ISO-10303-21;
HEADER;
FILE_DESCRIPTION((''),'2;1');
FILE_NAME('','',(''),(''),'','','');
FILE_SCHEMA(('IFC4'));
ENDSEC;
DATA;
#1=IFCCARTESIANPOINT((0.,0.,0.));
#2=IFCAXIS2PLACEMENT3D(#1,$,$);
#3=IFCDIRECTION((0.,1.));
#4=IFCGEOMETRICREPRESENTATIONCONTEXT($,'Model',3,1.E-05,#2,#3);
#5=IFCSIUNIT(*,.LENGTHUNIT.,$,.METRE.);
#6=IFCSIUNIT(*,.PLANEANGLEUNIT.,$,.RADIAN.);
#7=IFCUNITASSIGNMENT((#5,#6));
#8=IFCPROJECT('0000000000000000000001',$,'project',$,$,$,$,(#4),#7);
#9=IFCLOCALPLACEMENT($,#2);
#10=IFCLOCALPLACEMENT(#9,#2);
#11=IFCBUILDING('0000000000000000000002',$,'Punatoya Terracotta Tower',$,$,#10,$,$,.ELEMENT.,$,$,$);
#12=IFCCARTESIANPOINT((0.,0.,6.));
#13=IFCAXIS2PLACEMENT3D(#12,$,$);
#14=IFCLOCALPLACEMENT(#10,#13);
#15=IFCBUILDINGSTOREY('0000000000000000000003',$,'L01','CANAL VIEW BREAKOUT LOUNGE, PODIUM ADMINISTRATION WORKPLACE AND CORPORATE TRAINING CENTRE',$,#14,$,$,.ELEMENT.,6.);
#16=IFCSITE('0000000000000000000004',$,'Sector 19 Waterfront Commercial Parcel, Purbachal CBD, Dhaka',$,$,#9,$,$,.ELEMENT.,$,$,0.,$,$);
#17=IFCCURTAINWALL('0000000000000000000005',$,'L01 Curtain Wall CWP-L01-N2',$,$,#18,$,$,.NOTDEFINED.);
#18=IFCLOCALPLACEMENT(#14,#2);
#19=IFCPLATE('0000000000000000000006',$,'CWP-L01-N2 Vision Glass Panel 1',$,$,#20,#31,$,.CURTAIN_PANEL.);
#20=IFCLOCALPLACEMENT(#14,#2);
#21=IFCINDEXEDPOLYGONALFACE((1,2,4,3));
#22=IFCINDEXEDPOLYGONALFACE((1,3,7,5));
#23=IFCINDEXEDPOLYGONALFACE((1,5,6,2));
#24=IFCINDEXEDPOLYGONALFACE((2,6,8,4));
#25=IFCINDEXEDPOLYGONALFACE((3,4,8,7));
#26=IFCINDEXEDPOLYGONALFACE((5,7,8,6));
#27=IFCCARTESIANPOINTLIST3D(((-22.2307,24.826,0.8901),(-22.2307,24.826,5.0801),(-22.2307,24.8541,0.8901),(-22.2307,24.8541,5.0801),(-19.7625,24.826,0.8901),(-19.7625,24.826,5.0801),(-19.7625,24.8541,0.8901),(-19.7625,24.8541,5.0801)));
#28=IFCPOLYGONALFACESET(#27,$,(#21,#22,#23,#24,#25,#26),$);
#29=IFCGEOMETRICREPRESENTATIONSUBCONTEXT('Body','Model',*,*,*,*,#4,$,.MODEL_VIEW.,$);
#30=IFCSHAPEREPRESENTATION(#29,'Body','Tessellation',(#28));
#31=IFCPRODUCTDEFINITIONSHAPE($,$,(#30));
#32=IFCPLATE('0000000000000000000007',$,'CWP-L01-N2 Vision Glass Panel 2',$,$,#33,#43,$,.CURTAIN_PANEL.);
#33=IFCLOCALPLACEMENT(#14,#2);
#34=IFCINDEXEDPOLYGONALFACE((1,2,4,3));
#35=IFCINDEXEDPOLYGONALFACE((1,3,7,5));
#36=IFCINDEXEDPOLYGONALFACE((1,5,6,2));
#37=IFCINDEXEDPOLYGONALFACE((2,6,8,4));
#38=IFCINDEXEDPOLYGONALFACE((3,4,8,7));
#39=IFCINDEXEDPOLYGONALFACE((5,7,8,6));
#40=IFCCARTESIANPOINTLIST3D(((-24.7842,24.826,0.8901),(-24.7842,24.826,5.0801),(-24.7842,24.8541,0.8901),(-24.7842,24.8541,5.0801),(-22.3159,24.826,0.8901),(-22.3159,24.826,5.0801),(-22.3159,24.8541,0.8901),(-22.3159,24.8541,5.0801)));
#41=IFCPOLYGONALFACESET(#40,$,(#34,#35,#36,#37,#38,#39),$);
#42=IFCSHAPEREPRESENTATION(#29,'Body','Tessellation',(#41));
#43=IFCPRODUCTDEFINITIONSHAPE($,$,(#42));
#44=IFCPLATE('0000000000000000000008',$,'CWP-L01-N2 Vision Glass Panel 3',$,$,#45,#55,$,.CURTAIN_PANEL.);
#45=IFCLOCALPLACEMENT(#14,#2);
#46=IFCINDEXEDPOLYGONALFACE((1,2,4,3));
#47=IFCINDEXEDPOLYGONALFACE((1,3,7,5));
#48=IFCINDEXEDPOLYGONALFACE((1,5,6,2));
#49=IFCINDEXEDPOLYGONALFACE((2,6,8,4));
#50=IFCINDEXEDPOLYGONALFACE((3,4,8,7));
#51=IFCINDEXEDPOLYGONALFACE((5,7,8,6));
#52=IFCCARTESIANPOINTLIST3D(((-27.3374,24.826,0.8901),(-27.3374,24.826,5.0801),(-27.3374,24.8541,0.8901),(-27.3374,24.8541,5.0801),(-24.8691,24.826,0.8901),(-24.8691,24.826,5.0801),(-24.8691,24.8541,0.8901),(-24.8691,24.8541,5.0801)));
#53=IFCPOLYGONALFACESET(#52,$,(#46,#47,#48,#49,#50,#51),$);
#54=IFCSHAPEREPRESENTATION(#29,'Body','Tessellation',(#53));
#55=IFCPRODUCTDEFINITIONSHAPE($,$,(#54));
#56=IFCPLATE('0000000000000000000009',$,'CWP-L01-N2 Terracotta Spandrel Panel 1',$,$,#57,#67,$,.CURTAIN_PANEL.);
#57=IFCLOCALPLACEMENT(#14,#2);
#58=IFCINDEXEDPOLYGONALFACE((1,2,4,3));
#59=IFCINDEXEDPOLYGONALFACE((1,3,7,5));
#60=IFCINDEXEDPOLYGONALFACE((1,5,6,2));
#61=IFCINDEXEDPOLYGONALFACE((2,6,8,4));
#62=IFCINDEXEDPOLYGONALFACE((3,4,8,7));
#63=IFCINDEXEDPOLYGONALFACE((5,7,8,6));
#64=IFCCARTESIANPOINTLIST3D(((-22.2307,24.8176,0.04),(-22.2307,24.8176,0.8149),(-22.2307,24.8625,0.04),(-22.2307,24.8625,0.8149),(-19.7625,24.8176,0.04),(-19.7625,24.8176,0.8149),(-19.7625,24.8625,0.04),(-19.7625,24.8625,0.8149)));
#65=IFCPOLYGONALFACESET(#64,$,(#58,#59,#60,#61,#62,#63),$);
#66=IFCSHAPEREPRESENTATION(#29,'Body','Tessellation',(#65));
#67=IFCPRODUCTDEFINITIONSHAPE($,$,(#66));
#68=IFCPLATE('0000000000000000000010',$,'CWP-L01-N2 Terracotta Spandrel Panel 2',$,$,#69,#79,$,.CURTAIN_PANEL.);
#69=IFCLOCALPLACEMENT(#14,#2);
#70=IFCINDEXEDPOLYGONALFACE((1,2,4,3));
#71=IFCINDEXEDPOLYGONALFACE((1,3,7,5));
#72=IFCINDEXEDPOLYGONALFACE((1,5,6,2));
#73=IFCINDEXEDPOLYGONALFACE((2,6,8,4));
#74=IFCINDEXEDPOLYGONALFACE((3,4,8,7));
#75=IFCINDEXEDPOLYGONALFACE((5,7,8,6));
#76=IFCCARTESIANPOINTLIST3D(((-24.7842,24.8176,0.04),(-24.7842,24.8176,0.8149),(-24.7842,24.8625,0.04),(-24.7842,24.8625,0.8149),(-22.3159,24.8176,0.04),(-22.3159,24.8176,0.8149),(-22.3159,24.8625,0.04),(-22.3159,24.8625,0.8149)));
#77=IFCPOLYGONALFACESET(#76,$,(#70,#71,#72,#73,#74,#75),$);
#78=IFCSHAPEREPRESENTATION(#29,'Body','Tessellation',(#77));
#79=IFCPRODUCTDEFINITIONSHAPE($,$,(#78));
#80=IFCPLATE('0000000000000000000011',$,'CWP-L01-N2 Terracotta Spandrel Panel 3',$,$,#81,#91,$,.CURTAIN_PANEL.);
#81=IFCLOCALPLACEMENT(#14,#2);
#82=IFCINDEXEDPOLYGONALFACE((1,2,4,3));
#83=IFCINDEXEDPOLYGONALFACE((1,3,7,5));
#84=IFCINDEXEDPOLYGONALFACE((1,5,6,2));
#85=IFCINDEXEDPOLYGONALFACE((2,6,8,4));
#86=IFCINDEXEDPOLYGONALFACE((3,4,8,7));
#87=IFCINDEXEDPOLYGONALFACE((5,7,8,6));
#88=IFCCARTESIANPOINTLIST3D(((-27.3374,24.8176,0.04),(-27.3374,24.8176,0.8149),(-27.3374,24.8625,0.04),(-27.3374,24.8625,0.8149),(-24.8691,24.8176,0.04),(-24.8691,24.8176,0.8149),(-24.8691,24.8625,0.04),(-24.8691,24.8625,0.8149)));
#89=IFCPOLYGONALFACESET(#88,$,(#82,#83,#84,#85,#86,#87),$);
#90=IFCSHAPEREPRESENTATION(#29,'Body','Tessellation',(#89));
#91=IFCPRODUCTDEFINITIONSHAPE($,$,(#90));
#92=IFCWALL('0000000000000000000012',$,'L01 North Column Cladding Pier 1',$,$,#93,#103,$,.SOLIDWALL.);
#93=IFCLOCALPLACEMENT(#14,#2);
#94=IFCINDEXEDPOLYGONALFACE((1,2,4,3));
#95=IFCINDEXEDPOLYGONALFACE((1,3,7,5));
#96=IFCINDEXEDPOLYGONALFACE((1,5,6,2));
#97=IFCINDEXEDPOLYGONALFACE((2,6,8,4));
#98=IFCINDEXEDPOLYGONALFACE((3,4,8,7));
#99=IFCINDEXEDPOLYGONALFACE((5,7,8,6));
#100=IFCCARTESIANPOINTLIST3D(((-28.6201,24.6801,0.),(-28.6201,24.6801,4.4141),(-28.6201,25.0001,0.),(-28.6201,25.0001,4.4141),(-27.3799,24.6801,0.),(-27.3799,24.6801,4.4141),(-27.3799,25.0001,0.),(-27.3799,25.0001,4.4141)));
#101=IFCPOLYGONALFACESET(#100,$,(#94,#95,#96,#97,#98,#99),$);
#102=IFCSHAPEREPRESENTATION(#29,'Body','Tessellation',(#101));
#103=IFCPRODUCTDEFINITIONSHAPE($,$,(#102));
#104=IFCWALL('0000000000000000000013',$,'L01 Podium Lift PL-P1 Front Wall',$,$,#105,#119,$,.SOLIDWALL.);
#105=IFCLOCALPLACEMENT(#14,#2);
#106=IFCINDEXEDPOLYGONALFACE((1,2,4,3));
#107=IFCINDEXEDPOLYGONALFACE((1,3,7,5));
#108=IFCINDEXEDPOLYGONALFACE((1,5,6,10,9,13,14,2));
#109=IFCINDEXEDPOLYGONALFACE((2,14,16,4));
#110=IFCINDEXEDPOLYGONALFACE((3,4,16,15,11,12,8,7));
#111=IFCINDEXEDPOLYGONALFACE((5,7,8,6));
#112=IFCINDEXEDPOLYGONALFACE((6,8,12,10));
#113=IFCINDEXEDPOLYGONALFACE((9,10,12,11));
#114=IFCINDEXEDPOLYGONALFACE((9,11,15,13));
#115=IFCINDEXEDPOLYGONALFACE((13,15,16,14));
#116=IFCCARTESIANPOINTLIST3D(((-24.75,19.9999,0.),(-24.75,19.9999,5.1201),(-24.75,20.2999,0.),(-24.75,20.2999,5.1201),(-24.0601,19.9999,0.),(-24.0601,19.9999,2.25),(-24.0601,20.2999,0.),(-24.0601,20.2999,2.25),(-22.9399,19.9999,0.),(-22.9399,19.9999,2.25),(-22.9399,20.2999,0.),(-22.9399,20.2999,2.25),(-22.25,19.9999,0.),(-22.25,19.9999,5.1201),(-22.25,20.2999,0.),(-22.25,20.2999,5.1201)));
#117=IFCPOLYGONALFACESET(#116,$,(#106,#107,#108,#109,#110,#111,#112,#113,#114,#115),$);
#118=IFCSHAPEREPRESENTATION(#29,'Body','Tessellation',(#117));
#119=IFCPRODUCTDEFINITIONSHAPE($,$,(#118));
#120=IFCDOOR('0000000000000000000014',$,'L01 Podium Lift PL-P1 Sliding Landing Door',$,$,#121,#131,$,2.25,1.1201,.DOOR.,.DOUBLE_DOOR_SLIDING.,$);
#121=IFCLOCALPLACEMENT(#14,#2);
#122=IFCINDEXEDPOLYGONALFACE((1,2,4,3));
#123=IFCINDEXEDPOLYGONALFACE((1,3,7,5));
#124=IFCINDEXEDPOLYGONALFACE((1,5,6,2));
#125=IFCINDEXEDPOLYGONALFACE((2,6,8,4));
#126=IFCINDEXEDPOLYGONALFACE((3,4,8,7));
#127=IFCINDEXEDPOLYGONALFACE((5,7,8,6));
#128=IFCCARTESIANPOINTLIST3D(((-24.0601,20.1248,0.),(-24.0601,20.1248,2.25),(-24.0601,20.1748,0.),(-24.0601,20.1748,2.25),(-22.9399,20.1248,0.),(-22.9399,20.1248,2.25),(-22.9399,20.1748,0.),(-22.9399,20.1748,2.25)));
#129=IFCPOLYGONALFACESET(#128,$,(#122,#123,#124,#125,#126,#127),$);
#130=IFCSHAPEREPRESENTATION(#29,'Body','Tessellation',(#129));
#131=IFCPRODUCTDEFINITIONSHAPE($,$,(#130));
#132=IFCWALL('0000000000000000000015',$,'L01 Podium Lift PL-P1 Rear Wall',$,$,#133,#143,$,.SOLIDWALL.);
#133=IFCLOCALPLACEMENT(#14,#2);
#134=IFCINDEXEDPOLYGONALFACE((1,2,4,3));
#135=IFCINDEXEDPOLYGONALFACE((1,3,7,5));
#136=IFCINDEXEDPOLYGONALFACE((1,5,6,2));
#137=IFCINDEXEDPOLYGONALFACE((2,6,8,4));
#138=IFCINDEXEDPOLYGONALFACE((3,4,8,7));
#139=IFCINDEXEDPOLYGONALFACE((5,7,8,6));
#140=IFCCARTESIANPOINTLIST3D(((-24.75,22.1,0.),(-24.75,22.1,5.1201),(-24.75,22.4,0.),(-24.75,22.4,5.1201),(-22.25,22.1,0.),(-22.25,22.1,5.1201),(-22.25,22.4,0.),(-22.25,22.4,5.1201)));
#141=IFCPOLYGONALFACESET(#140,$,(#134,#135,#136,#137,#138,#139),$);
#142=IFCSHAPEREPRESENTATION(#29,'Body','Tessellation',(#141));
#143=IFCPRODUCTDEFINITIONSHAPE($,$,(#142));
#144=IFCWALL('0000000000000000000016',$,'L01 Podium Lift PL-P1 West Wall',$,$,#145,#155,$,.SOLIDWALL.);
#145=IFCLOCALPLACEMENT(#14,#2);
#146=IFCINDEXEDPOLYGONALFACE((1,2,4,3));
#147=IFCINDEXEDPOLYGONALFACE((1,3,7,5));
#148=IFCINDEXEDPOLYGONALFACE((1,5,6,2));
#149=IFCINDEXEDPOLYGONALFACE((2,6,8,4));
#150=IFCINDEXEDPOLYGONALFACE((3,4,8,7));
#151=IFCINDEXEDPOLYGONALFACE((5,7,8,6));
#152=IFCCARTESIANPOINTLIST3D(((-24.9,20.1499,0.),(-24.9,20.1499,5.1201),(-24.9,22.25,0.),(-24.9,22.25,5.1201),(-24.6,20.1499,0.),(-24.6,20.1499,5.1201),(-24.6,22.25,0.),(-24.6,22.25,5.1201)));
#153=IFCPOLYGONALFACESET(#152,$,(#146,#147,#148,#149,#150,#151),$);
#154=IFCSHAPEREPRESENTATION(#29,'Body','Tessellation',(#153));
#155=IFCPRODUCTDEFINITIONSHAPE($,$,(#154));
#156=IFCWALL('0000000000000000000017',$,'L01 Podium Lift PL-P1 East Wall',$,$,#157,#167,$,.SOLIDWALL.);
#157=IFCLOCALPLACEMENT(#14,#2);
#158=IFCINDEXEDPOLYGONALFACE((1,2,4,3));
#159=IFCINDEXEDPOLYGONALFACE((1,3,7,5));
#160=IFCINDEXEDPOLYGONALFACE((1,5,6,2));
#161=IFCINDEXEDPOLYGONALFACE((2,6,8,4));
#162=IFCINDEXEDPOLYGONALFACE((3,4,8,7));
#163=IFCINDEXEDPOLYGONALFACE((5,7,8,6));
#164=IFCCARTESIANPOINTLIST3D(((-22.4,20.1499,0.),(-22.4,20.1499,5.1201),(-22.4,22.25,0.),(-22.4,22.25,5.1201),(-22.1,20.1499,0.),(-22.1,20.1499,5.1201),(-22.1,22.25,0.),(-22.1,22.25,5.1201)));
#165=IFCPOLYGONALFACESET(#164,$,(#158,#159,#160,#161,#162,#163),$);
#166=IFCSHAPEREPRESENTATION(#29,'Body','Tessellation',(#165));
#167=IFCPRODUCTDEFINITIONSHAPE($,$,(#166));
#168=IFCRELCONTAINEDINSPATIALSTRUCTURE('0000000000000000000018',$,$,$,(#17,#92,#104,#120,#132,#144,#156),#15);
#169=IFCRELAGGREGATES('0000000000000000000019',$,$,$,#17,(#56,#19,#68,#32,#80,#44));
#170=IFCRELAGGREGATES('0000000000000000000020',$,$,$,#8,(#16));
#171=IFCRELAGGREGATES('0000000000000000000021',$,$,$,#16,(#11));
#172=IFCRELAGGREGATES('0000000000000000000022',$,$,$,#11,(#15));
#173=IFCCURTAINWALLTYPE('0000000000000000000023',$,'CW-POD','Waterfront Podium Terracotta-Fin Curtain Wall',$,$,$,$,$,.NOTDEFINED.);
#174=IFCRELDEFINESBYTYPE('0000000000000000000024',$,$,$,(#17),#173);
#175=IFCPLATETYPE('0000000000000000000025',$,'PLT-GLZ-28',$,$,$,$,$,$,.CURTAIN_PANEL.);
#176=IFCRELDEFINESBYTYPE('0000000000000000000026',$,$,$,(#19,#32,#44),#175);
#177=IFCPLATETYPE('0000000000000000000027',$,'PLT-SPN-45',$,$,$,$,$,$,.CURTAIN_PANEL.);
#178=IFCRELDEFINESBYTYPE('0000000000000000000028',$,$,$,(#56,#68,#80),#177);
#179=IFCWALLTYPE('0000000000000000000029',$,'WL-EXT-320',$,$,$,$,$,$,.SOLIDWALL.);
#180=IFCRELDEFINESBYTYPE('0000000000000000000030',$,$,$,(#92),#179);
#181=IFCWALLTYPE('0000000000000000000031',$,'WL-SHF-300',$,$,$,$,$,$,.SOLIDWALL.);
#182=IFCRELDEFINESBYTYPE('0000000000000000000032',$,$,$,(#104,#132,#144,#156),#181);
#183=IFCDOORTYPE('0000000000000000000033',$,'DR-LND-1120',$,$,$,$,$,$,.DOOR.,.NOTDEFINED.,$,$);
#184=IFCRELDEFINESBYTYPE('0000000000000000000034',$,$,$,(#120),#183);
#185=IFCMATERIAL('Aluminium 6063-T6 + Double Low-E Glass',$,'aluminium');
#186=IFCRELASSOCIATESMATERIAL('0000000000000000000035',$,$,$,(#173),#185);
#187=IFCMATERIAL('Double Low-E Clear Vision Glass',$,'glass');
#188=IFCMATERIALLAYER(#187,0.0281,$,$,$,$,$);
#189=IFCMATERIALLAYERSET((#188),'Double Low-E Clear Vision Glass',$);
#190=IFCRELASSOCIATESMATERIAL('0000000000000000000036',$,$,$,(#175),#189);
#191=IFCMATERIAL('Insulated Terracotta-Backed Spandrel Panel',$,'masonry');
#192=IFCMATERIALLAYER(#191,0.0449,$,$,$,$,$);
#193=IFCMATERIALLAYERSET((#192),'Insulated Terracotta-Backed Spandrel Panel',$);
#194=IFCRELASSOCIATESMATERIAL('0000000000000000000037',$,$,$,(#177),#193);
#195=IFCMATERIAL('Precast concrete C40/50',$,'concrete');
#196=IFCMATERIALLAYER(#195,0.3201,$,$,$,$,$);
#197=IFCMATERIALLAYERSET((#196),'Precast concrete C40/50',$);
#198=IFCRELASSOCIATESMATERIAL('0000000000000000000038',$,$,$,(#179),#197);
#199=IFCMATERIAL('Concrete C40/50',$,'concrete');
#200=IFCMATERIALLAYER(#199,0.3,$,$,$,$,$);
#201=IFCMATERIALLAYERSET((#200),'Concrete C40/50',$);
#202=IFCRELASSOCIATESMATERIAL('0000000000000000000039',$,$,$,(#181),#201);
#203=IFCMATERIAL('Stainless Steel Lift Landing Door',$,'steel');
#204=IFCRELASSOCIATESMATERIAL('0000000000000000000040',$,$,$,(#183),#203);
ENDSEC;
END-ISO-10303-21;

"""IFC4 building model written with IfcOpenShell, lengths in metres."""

from ifc_helpers import new_model, si_unit, direction, frame, frame_2d, origin, origin_2d, place, context, subcontext, project, spatial, rectangle, extrude, material, layer, layer_set, type_object, element, fill, aggregate, save


model = new_model("IFC4")

# Units and contexts
model_context = context("Model", 3, precision=1e-05, world=origin(), true_north=direction((0.0, 1.0)))
body_context = subcontext(model_context, "Body", "Model", "MODEL_VIEW")
ifc_project = project(units=[si_unit("LENGTHUNIT", "METRE"), si_unit("PLANEANGLEUNIT", "RADIAN")], contexts=[model_context])

# Site, building, storey
site_placement = place(None, origin())
site = spatial("IfcSite", under=ifc_project, at=site_placement, Name="Sector 19 Waterfront Commercial Parcel, Purbachal CBD, Dhaka", CompositionType="ELEMENT", RefElevation=0.0)
building_placement = place(site_placement, origin())
building = spatial("IfcBuilding", under=site, at=building_placement, Name="Punatoya Terracotta Tower", CompositionType="ELEMENT")
storey_placement = place(building_placement, frame((0.0, 0.0, 6.0)))
storey = spatial("IfcBuildingStorey", under=building, at=storey_placement, Name="L01", Description="CANAL VIEW BREAKOUT LOUNGE, PODIUM ADMINISTRATION WORKPLACE AND CORPORATE TRAINING CENTRE", CompositionType="ELEMENT", Elevation=6.0)

# Curtain wall, plates
ifc_material_1 = material(Name="Aluminium 6063-T6 + Double Low-E Glass", Category="aluminium")
curtain_wall_type = type_object("IfcCurtainWallType", Name="CW-POD", Description="Waterfront Podium Terracotta-Fin Curtain Wall", PredefinedType="NOTDEFINED", material=ifc_material_1)
curtain_wall_placement = place(storey_placement, origin())
curtain_wall = element("IfcCurtainWall", 1, at=curtain_wall_placement, inside=storey, type_object=curtain_wall_type, Name="L01 Curtain Wall CWP-L01-N2", PredefinedType="NOTDEFINED")
ifc_material_2 = material(Name="Double Low-E Clear Vision Glass", Category="glass")
ifc_layer_1 = layer(ifc_material_2, 0.0281)
ifc_layer_set_1 = layer_set([ifc_layer_1], Name="Double Low-E Clear Vision Glass")
plate_type_1 = type_object("IfcPlateType", Name="PLT-GLZ-28", PredefinedType="CURTAIN_PANEL", material=ifc_layer_set_1)
plate_1_placement = place(storey_placement, frame((-20.9966, 24.8401, 0.8901), z_axis=(0.0, 0.0, 1.0), x_axis=(-1.0, 0.0, 0.0)))
plate_1 = element("IfcPlate", 2, at=plate_1_placement, type_object=plate_type_1, Name="CWP-L01-N2 Vision Glass Panel 1", PredefinedType="CURTAIN_PANEL", context=body_context, shape_type="SweptSolid", body=[
    extrude(rectangle(XDim=2.4683, YDim=0.0281, at=origin_2d()), origin(), (0.0, 0.0, 1.0), 4.1899),
])
plate_2_placement = place(storey_placement, frame((-23.55, 24.8401, 0.8901), z_axis=(0.0, 0.0, 1.0), x_axis=(-1.0, 0.0, 0.0)))
plate_2 = element("IfcPlate", 3, at=plate_2_placement, type_object=plate_type_1, Name="CWP-L01-N2 Vision Glass Panel 2", PredefinedType="CURTAIN_PANEL", context=body_context, shape_type="SweptSolid", body=[
    extrude(rectangle(XDim=2.4683, YDim=0.0281, at=origin_2d()), origin(), (0.0, 0.0, 1.0), 4.1899),
])
plate_3_placement = place(storey_placement, frame((-26.1033, 24.8401, 0.8901), z_axis=(0.0, 0.0, 1.0), x_axis=(-1.0, 0.0, 0.0)))
plate_3 = element("IfcPlate", 4, at=plate_3_placement, type_object=plate_type_1, Name="CWP-L01-N2 Vision Glass Panel 3", PredefinedType="CURTAIN_PANEL", context=body_context, shape_type="SweptSolid", body=[
    extrude(rectangle(XDim=2.4683, YDim=0.0281, at=origin_2d()), origin(), (0.0, 0.0, 1.0), 4.1899),
])
ifc_material_3 = material(Name="Insulated Terracotta-Backed Spandrel Panel", Category="masonry")
ifc_layer_2 = layer(ifc_material_3, 0.0449)
ifc_layer_set_2 = layer_set([ifc_layer_2], Name="Insulated Terracotta-Backed Spandrel Panel")
plate_type_2 = type_object("IfcPlateType", Name="PLT-SPN-45", PredefinedType="CURTAIN_PANEL", material=ifc_layer_set_2)
plate_4_placement = place(storey_placement, frame((-20.9966, 24.8401, 0.04), z_axis=(0.0, 0.0, 1.0), x_axis=(-1.0, 0.0, 0.0)))
plate_4 = element("IfcPlate", 5, at=plate_4_placement, type_object=plate_type_2, Name="CWP-L01-N2 Terracotta Spandrel Panel 1", PredefinedType="CURTAIN_PANEL", context=body_context, shape_type="SweptSolid", body=[
    extrude(rectangle(XDim=2.4683, YDim=0.0449, at=origin_2d()), origin(), (0.0, 0.0, 1.0), 0.7749),
])
plate_5_placement = place(storey_placement, frame((-23.55, 24.8401, 0.04), z_axis=(0.0, 0.0, 1.0), x_axis=(-1.0, 0.0, 0.0)))
plate_5 = element("IfcPlate", 6, at=plate_5_placement, type_object=plate_type_2, Name="CWP-L01-N2 Terracotta Spandrel Panel 2", PredefinedType="CURTAIN_PANEL", context=body_context, shape_type="SweptSolid", body=[
    extrude(rectangle(XDim=2.4683, YDim=0.0449, at=origin_2d()), origin(), (0.0, 0.0, 1.0), 0.7749),
])
plate_6_placement = place(storey_placement, frame((-26.1033, 24.8401, 0.04), z_axis=(0.0, 0.0, 1.0), x_axis=(-1.0, 0.0, 0.0)))
plate_6 = element("IfcPlate", 7, at=plate_6_placement, type_object=plate_type_2, Name="CWP-L01-N2 Terracotta Spandrel Panel 3", PredefinedType="CURTAIN_PANEL", context=body_context, shape_type="SweptSolid", body=[
    extrude(rectangle(XDim=2.4683, YDim=0.0449, at=origin_2d()), origin(), (0.0, 0.0, 1.0), 0.7749),
])
aggregate(curtain_wall, [plate_4, plate_1, plate_5, plate_2, plate_6, plate_3])

# Wall
ifc_material_4 = material(Name="Precast concrete C40/50", Category="concrete")
ifc_layer_3 = layer(ifc_material_4, 0.3201)
ifc_layer_set_3 = layer_set([ifc_layer_3], Name="Precast concrete C40/50")
wall_type_1 = type_object("IfcWallType", Name="WL-EXT-320", PredefinedType="SOLIDWALL", material=ifc_layer_set_3)
wall_1_placement = place(storey_placement, frame((-27.3799, 24.8401, 0.0), z_axis=(0.0, 0.0, 1.0), x_axis=(-1.0, 0.0, 0.0)))
element("IfcWall", 8, at=wall_1_placement, inside=storey, type_object=wall_type_1, Name="L01 North Column Cladding Pier 1", PredefinedType="SOLIDWALL", context=body_context, shape_type="SweptSolid", body=[
    extrude(rectangle(XDim=1.2402, YDim=0.3201, at=frame_2d((0.6201, 0.0))), origin(), (0.0, 0.0, 1.0), 4.4141),
])

# Wall, opening, door
ifc_material_5 = material(Name="Concrete C40/50", Category="concrete")
ifc_layer_4 = layer(ifc_material_5, 0.3)
ifc_layer_set_4 = layer_set([ifc_layer_4], Name="Concrete C40/50")
wall_type_2 = type_object("IfcWallType", Name="WL-SHF-300", PredefinedType="SOLIDWALL", material=ifc_layer_set_4)
wall_2_placement = place(storey_placement, frame((-24.75, 20.1499, 0.0), z_axis=(0.0, 0.0, 1.0), x_axis=(1.0, 0.0, 0.0)))
wall_2 = element("IfcWall", 9, at=wall_2_placement, inside=storey, type_object=wall_type_2, Name="L01 Podium Lift PL-P1 Front Wall", PredefinedType="SOLIDWALL", context=body_context, shape_type="SweptSolid", body=[
    extrude(rectangle(XDim=2.5, YDim=0.3, at=frame_2d((1.25, 0.0))), origin(), (0.0, 0.0, 1.0), 5.1201),
])
opening_placement = place(wall_2_placement, frame((0.6899, 0.0, 0.0)))
opening = element("IfcOpeningElement", 10, at=opening_placement, cuts=wall_2, PredefinedType="OPENING", context=body_context, shape_type="SweptSolid", body=[
    extrude(rectangle(XDim=1.1201, YDim=2.25, at=frame_2d((0.5601, 1.125))), frame((0.0, 0.1599, 0.0), z_axis=(0.0, -1.0, 0.0), x_axis=(1.0, 0.0, 0.0)), (0.0, 0.0, 1.0), 0.3201),
])
ifc_material_6 = material(Name="Stainless Steel Lift Landing Door", Category="steel")
door_type = type_object("IfcDoorType", Name="DR-LND-1120", OperationType="NOTDEFINED", PredefinedType="DOOR", material=ifc_material_6)
door_placement = place(opening_placement, origin())
door = element("IfcDoor", 11, at=door_placement, inside=storey, type_object=door_type, Name="L01 Podium Lift PL-P1 Sliding Landing Door", OperationType="DOUBLE_DOOR_SLIDING", OverallHeight=2.25, OverallWidth=1.1201, PredefinedType="DOOR", context=body_context, shape_type="SweptSolid", body=[
    extrude(rectangle(XDim=1.1201, YDim=2.25, at=frame_2d((0.5601, 1.125))), frame((0.0, 0.0249, 0.0), z_axis=(0.0, -1.0, 0.0), x_axis=(1.0, 0.0, 0.0)), (0.0, 0.0, 1.0), 0.05),
])
fill(opening, door)

# Walls
wall_3_placement = place(storey_placement, frame((-24.75, 22.25, 0.0), z_axis=(0.0, 0.0, 1.0), x_axis=(1.0, 0.0, 0.0)))
element("IfcWall", 12, at=wall_3_placement, inside=storey, type_object=wall_type_2, Name="L01 Podium Lift PL-P1 Rear Wall", PredefinedType="SOLIDWALL", context=body_context, shape_type="SweptSolid", body=[
    extrude(rectangle(XDim=2.5, YDim=0.3, at=frame_2d((1.25, 0.0))), origin(), (0.0, 0.0, 1.0), 5.1201),
])
for number, where, z_axis, x_axis, name in (
    (13, (-24.75, 20.1499, 0.0), (0.0, 0.0, 1.0), (0.0, 1.0, 0.0), "L01 Podium Lift PL-P1 West Wall"),
    (14, (-22.25, 20.1499, 0.0), (0.0, 0.0, 1.0), (0.0, 1.0, 0.0), "L01 Podium Lift PL-P1 East Wall"),
):
    element("IfcWall", number, at=place(storey_placement, frame(where, z_axis=z_axis, x_axis=x_axis)), inside=storey, type_object=wall_type_2, Name=name, PredefinedType="SOLIDWALL", context=body_context, shape_type="SweptSolid", body=[
        extrude(rectangle(XDim=2.1001, YDim=0.3, at=frame_2d((1.05, 0.0))), origin(), (0.0, 0.0, 1.0), 5.1201),
    ])

save(model, "model.ifc")
